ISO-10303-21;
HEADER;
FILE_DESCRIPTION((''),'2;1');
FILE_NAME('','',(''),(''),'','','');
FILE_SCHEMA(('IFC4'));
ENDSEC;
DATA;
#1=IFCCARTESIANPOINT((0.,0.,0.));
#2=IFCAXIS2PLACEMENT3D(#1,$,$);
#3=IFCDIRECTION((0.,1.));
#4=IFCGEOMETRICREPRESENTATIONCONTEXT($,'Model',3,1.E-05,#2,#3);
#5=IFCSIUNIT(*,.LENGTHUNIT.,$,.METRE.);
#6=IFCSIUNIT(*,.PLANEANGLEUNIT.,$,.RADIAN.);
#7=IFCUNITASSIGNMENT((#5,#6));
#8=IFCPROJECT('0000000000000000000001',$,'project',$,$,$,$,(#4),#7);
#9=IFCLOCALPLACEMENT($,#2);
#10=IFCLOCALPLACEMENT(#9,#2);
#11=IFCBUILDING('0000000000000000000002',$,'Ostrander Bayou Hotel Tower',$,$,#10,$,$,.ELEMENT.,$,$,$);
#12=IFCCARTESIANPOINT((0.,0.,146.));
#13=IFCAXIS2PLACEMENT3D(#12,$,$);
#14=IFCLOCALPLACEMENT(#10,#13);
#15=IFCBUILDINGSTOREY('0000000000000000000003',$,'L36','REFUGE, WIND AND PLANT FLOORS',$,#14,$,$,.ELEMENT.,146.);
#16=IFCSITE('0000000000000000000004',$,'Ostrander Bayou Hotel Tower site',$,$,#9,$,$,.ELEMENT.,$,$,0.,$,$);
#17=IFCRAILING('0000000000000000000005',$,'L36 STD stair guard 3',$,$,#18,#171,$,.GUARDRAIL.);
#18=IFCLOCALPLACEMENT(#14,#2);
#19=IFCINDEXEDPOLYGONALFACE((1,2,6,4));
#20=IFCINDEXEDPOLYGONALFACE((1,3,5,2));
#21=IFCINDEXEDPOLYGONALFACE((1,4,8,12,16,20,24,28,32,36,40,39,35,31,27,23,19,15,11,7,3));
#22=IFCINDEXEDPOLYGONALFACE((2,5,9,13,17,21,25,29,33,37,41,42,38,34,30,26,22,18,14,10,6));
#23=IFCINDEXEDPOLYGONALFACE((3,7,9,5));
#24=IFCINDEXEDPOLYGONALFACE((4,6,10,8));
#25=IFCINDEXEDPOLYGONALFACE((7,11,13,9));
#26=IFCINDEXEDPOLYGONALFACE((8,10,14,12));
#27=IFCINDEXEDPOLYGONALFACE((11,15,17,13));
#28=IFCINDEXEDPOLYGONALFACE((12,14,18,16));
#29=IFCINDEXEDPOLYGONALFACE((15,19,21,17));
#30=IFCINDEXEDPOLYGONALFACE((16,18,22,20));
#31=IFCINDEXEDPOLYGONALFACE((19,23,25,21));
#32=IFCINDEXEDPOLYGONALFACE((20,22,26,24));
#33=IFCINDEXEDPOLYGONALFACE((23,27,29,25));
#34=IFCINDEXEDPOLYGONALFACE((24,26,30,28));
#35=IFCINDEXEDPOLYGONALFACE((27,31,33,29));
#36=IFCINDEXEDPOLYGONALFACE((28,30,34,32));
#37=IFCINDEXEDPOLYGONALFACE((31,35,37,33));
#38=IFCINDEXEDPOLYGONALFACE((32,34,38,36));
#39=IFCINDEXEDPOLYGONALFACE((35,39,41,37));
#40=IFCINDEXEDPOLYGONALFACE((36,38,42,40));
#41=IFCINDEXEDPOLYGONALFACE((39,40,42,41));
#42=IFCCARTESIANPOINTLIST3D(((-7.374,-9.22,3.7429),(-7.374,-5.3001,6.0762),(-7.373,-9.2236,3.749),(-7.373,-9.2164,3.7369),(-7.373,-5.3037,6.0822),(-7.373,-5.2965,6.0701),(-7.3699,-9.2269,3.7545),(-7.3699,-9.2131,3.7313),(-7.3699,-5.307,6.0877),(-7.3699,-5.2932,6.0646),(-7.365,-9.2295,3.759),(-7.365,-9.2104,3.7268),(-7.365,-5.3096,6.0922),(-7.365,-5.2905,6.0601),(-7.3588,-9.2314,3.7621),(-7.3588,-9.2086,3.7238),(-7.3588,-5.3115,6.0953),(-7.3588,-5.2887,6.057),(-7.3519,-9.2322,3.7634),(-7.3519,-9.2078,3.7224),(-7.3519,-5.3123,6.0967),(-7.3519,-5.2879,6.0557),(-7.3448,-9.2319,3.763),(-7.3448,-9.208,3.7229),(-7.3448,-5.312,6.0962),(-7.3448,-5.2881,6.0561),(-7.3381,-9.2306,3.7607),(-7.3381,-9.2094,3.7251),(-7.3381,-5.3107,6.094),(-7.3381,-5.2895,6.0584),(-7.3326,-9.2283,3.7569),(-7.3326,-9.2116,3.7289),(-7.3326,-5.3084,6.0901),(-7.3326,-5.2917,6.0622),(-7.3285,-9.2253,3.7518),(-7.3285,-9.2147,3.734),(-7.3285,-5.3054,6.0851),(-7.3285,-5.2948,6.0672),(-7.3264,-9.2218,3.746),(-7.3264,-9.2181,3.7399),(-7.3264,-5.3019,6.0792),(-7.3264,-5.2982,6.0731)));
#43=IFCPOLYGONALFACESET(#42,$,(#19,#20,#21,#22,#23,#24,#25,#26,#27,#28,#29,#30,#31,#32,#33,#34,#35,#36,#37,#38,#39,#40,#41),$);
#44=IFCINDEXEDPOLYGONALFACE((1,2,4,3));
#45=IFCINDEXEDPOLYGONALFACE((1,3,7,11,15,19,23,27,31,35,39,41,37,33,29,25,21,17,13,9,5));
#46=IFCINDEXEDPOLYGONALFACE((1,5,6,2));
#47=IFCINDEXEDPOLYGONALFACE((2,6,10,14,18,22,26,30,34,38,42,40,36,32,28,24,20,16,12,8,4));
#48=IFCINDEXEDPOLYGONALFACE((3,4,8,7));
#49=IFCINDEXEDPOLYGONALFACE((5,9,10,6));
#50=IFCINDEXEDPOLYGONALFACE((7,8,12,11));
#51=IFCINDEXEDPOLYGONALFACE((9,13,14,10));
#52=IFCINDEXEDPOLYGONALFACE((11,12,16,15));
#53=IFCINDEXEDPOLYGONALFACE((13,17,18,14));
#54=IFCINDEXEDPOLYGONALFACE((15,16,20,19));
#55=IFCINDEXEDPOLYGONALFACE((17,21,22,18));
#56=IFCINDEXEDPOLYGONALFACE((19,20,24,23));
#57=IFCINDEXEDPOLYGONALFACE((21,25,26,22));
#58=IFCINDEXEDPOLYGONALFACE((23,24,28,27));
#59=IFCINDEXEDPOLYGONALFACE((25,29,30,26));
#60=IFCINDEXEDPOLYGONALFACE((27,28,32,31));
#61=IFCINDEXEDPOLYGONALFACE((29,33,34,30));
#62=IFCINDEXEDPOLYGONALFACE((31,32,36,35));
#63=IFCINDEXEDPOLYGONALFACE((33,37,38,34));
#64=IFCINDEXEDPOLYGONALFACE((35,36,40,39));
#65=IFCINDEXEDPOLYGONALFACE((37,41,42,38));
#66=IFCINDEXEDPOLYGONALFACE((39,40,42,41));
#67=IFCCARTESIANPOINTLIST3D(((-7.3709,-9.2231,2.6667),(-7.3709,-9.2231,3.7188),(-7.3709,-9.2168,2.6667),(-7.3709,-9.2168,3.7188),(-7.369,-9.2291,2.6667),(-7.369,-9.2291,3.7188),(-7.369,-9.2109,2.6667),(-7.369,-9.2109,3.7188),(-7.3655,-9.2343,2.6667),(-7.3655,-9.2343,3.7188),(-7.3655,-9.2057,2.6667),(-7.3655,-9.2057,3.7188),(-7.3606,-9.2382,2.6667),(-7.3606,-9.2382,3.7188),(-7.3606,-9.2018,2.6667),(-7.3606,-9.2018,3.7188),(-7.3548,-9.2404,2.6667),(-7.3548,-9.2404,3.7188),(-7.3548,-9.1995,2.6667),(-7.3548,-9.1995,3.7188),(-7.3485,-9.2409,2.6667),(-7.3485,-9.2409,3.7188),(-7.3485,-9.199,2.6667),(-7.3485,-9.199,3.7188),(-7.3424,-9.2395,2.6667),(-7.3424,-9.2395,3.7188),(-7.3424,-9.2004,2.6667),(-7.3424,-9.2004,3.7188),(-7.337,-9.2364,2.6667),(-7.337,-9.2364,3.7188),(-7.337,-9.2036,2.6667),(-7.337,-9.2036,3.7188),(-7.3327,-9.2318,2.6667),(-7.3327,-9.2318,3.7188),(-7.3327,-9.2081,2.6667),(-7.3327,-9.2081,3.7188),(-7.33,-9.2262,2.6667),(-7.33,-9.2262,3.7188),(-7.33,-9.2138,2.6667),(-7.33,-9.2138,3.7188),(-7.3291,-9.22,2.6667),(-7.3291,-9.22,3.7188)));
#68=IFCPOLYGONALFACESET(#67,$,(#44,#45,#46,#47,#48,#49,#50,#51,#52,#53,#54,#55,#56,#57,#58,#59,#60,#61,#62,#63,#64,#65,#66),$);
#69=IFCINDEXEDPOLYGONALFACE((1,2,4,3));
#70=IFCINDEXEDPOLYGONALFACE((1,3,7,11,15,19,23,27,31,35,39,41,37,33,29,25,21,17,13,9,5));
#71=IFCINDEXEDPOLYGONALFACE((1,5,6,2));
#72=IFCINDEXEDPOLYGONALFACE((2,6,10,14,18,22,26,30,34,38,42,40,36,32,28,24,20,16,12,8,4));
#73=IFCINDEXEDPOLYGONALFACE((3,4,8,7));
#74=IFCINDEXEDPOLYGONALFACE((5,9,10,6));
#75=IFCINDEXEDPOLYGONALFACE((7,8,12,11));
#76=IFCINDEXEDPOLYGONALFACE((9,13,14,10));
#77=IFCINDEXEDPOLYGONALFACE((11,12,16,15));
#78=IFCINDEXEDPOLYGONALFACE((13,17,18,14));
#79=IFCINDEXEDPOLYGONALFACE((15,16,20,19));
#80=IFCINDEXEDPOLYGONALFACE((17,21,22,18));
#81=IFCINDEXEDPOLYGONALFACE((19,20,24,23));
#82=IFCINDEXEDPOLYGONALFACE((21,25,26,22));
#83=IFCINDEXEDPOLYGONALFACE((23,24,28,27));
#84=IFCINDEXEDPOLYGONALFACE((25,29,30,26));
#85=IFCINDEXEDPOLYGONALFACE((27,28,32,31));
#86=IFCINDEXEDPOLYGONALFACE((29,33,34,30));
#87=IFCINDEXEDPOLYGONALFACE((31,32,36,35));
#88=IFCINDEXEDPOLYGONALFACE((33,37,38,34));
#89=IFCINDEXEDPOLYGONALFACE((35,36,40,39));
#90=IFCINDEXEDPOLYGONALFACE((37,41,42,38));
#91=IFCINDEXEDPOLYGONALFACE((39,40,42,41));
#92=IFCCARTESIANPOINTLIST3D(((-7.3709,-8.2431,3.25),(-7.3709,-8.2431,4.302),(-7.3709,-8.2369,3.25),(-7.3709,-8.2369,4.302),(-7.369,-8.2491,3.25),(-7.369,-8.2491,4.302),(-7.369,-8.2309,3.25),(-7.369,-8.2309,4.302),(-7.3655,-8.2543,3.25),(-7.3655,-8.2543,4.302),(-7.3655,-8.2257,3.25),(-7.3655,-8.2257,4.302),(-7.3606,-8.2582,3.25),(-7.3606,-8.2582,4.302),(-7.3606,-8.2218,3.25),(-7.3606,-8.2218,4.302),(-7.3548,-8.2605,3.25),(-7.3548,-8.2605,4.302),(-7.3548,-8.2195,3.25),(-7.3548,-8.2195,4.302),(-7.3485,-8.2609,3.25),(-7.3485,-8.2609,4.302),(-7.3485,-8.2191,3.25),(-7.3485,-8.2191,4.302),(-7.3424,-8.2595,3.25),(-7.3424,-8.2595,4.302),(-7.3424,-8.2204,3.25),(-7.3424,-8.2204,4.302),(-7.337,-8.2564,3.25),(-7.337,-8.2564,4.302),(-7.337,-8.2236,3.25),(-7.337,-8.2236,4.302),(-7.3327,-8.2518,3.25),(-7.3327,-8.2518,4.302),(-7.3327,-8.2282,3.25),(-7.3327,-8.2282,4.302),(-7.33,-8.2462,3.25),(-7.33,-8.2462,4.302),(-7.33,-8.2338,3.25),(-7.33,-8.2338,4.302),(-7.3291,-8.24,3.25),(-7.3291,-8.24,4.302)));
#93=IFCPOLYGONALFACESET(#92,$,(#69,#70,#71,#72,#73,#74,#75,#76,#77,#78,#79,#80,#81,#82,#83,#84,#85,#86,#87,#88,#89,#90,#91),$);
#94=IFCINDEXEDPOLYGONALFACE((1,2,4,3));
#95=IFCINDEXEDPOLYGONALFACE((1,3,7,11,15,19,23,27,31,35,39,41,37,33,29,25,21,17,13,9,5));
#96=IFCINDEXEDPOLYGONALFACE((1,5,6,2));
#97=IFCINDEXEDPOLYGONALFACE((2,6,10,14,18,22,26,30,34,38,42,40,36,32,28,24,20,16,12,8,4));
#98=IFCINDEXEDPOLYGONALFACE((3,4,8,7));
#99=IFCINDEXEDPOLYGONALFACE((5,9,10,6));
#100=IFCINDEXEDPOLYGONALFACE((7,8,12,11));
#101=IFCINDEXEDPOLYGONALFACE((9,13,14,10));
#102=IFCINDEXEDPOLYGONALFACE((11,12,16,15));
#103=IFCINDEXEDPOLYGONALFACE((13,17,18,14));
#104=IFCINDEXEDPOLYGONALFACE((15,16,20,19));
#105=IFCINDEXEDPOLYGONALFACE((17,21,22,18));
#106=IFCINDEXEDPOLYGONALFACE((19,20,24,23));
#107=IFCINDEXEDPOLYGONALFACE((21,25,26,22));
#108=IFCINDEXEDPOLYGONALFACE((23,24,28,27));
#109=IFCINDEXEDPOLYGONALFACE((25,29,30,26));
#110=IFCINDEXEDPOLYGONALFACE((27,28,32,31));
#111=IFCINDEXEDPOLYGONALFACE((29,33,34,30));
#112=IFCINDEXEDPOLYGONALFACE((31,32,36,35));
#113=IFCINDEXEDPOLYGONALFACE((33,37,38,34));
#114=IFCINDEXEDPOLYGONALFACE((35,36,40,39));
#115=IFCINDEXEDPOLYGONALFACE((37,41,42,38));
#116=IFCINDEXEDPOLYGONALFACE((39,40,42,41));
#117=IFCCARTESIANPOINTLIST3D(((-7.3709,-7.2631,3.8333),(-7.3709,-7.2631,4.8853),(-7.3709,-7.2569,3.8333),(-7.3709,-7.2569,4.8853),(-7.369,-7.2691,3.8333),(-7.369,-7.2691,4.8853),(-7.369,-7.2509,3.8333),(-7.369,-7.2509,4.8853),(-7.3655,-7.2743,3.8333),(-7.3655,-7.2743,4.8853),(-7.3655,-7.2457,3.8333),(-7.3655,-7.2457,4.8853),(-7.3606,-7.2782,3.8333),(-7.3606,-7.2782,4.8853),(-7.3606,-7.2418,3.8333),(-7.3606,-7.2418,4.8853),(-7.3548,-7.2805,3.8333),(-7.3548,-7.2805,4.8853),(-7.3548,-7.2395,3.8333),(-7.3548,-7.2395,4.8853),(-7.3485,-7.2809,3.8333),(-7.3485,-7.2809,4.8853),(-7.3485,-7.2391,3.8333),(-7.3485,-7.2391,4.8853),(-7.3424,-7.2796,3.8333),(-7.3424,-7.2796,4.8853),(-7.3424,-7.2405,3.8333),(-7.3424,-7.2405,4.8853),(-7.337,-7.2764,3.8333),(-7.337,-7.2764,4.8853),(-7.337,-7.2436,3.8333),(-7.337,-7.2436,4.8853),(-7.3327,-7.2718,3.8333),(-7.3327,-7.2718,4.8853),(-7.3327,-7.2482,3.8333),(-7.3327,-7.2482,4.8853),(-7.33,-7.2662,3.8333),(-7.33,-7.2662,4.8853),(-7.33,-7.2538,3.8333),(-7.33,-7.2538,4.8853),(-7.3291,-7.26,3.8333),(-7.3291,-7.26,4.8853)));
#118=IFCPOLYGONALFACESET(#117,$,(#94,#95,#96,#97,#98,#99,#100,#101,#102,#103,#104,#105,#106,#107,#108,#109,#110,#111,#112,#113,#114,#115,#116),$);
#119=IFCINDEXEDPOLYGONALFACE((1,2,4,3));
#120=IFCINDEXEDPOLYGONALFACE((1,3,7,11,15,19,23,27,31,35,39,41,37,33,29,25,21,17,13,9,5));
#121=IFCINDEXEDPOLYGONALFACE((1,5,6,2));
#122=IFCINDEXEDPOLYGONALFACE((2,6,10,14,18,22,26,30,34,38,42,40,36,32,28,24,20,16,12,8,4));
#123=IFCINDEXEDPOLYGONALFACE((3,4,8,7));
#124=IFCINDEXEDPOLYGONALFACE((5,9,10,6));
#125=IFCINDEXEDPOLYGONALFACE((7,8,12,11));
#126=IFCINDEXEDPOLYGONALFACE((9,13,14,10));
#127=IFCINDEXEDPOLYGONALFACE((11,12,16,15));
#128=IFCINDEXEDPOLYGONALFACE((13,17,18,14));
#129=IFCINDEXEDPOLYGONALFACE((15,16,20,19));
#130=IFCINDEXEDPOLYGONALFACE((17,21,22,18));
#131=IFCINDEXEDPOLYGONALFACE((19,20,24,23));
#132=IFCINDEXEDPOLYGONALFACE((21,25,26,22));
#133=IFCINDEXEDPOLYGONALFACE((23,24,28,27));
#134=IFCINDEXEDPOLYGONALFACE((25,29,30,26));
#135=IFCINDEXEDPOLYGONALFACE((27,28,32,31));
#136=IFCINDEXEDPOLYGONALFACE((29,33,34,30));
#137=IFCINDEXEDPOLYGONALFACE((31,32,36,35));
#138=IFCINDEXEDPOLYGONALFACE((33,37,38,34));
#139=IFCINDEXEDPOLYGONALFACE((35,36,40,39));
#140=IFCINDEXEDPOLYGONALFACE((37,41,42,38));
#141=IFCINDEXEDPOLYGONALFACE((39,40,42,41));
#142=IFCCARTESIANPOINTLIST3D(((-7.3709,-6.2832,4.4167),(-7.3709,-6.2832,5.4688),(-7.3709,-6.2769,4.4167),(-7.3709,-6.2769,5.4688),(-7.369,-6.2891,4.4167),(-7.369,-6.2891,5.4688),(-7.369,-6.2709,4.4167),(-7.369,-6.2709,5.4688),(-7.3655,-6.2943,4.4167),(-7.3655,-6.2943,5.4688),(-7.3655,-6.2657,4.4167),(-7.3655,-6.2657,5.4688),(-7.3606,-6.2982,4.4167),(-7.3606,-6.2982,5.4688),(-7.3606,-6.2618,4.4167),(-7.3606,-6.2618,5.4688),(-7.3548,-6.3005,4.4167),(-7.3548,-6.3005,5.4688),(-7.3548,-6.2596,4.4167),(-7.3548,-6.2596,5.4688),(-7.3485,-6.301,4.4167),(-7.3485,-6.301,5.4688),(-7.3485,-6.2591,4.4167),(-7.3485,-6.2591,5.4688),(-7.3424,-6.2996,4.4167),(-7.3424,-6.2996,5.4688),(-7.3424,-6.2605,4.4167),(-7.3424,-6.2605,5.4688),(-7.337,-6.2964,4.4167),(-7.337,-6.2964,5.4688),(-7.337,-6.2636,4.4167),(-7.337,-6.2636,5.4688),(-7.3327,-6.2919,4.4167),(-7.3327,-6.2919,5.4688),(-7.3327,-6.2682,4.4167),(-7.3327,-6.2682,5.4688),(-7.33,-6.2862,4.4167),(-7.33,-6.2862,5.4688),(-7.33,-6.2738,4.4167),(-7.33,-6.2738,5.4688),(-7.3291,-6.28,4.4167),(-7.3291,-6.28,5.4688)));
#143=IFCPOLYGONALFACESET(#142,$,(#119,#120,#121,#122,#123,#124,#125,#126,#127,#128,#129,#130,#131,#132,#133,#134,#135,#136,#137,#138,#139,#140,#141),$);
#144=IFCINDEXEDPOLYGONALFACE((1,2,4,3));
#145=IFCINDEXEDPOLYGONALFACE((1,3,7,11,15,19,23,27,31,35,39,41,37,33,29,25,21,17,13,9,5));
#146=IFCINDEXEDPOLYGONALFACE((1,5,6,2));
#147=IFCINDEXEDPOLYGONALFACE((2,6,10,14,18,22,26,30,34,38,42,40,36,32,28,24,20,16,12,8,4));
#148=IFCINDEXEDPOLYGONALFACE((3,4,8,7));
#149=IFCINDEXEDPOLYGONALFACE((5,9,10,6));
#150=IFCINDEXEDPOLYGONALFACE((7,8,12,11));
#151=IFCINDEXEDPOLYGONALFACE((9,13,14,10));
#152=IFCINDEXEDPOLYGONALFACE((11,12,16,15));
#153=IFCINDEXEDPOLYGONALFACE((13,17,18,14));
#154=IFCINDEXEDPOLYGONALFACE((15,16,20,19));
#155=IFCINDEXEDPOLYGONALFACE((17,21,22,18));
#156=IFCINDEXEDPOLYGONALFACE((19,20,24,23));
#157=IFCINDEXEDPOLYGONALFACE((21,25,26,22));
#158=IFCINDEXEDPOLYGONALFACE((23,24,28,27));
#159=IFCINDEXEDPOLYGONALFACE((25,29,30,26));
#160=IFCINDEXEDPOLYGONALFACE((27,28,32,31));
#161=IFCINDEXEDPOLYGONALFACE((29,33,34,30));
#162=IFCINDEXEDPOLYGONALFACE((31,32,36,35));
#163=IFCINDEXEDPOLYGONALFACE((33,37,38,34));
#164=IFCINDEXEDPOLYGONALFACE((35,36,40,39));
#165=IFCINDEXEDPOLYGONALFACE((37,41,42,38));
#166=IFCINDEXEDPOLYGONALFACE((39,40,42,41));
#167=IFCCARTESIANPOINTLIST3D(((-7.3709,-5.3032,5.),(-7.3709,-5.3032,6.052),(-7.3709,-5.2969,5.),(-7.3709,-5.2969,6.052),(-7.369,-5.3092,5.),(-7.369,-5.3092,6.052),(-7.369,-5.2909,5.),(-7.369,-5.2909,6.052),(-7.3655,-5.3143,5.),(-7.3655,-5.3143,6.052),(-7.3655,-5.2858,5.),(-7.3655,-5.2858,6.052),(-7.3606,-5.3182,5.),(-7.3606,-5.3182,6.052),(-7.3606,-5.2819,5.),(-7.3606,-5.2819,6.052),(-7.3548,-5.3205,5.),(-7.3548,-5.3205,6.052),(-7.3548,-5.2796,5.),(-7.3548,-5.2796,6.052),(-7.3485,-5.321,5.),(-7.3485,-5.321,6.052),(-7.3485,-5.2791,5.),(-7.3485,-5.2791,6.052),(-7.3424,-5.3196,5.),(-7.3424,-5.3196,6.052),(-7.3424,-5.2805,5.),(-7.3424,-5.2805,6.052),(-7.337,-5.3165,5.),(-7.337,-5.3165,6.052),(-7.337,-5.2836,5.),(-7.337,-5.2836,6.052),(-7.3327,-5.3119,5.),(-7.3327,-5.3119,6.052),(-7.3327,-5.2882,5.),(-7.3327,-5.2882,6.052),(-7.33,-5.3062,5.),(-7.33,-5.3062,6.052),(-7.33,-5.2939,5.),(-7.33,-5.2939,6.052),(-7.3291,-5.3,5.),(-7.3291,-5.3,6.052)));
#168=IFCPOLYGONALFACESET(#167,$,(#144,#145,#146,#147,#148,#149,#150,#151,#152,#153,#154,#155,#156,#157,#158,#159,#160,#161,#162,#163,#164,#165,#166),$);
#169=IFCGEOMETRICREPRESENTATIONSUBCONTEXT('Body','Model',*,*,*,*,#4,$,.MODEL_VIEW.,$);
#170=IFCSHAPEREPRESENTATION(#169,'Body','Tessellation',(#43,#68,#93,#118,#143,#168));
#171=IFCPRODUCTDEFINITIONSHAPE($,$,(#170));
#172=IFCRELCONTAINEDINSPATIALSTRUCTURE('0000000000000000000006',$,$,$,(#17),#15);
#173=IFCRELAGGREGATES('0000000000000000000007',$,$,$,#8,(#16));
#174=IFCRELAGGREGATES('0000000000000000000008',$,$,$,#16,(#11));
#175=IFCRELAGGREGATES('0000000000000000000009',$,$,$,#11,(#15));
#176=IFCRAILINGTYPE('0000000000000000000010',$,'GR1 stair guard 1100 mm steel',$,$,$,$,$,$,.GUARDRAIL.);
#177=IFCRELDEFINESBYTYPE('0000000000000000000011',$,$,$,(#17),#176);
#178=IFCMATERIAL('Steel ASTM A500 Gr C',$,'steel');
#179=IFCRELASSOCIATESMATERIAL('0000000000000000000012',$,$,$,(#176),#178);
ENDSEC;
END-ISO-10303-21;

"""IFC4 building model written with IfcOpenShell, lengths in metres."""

from ifc_helpers import new_model, si_unit, direction, frame, origin, origin_2d, place, context, subcontext, project, spatial, circle, extrude, material, type_object, element, save


model = new_model("IFC4")

# Units and contexts
model_context = context("Model", 3, precision=1e-05, world=origin(), true_north=direction((0.0, 1.0)))
body_context = subcontext(model_context, "Body", "Model", "MODEL_VIEW")
ifc_project = project(units=[si_unit("LENGTHUNIT", "METRE"), si_unit("PLANEANGLEUNIT", "RADIAN")], contexts=[model_context])

# Site, building, storey
site_placement = place(None, origin())
site = spatial("IfcSite", under=ifc_project, at=site_placement, Name="Ostrander Bayou Hotel Tower site", CompositionType="ELEMENT", RefElevation=0.0)
building_placement = place(site_placement, origin())
building = spatial("IfcBuilding", under=site, at=building_placement, Name="Ostrander Bayou Hotel Tower", CompositionType="ELEMENT")
storey_placement = place(building_placement, frame((0.0, 0.0, 146.0)))
storey = spatial("IfcBuildingStorey", under=building, at=storey_placement, Name="L36", Description="REFUGE, WIND AND PLANT FLOORS", CompositionType="ELEMENT", Elevation=146.0)

# Railing
ifc_material_1 = material(Name="Steel ASTM A500 Gr C", Category="steel")
railing_type_1 = type_object("IfcRailingType", Name="GR1 stair guard 1100 mm steel", PredefinedType="GUARDRAIL", material=ifc_material_1)
railing_1_placement = place(storey_placement, frame((-7.3501, -9.22, 2.6667)))
element("IfcRailing", 1, at=railing_1_placement, inside=storey, type_object=railing_type_1, Name="L36 STD stair guard 3", PredefinedType="GUARDRAIL", context=body_context, shape_type="SweptSolid", body=[
    extrude(circle(Radius=0.0239, at=origin_2d()), frame((0.0, 0.0, 1.0762), z_axis=(0.0, 0.859296, 0.511478), x_axis=(-1.0, 0.0, 0.0)), (0.0, 0.0, 1.0), 4.5618),
    extrude(circle(Radius=0.021, at=origin_2d()), origin(), (0.0, 0.0, 1.0), 1.052),
    extrude(circle(Radius=0.021, at=origin_2d()), frame((0.0, 0.98, 0.5833)), (0.0, 0.0, 1.0), 1.052),
    extrude(circle(Radius=0.021, at=origin_2d()), frame((0.0, 1.96, 1.1665)), (0.0, 0.0, 1.0), 1.052),
    extrude(circle(Radius=0.021, at=origin_2d()), frame((0.0, 2.9399, 1.75)), (0.0, 0.0, 1.0), 1.052),
    extrude(circle(Radius=0.021, at=origin_2d()), frame((0.0, 3.9199, 2.3333)), (0.0, 0.0, 1.0), 1.052),
])

save(model, "model.ifc")
